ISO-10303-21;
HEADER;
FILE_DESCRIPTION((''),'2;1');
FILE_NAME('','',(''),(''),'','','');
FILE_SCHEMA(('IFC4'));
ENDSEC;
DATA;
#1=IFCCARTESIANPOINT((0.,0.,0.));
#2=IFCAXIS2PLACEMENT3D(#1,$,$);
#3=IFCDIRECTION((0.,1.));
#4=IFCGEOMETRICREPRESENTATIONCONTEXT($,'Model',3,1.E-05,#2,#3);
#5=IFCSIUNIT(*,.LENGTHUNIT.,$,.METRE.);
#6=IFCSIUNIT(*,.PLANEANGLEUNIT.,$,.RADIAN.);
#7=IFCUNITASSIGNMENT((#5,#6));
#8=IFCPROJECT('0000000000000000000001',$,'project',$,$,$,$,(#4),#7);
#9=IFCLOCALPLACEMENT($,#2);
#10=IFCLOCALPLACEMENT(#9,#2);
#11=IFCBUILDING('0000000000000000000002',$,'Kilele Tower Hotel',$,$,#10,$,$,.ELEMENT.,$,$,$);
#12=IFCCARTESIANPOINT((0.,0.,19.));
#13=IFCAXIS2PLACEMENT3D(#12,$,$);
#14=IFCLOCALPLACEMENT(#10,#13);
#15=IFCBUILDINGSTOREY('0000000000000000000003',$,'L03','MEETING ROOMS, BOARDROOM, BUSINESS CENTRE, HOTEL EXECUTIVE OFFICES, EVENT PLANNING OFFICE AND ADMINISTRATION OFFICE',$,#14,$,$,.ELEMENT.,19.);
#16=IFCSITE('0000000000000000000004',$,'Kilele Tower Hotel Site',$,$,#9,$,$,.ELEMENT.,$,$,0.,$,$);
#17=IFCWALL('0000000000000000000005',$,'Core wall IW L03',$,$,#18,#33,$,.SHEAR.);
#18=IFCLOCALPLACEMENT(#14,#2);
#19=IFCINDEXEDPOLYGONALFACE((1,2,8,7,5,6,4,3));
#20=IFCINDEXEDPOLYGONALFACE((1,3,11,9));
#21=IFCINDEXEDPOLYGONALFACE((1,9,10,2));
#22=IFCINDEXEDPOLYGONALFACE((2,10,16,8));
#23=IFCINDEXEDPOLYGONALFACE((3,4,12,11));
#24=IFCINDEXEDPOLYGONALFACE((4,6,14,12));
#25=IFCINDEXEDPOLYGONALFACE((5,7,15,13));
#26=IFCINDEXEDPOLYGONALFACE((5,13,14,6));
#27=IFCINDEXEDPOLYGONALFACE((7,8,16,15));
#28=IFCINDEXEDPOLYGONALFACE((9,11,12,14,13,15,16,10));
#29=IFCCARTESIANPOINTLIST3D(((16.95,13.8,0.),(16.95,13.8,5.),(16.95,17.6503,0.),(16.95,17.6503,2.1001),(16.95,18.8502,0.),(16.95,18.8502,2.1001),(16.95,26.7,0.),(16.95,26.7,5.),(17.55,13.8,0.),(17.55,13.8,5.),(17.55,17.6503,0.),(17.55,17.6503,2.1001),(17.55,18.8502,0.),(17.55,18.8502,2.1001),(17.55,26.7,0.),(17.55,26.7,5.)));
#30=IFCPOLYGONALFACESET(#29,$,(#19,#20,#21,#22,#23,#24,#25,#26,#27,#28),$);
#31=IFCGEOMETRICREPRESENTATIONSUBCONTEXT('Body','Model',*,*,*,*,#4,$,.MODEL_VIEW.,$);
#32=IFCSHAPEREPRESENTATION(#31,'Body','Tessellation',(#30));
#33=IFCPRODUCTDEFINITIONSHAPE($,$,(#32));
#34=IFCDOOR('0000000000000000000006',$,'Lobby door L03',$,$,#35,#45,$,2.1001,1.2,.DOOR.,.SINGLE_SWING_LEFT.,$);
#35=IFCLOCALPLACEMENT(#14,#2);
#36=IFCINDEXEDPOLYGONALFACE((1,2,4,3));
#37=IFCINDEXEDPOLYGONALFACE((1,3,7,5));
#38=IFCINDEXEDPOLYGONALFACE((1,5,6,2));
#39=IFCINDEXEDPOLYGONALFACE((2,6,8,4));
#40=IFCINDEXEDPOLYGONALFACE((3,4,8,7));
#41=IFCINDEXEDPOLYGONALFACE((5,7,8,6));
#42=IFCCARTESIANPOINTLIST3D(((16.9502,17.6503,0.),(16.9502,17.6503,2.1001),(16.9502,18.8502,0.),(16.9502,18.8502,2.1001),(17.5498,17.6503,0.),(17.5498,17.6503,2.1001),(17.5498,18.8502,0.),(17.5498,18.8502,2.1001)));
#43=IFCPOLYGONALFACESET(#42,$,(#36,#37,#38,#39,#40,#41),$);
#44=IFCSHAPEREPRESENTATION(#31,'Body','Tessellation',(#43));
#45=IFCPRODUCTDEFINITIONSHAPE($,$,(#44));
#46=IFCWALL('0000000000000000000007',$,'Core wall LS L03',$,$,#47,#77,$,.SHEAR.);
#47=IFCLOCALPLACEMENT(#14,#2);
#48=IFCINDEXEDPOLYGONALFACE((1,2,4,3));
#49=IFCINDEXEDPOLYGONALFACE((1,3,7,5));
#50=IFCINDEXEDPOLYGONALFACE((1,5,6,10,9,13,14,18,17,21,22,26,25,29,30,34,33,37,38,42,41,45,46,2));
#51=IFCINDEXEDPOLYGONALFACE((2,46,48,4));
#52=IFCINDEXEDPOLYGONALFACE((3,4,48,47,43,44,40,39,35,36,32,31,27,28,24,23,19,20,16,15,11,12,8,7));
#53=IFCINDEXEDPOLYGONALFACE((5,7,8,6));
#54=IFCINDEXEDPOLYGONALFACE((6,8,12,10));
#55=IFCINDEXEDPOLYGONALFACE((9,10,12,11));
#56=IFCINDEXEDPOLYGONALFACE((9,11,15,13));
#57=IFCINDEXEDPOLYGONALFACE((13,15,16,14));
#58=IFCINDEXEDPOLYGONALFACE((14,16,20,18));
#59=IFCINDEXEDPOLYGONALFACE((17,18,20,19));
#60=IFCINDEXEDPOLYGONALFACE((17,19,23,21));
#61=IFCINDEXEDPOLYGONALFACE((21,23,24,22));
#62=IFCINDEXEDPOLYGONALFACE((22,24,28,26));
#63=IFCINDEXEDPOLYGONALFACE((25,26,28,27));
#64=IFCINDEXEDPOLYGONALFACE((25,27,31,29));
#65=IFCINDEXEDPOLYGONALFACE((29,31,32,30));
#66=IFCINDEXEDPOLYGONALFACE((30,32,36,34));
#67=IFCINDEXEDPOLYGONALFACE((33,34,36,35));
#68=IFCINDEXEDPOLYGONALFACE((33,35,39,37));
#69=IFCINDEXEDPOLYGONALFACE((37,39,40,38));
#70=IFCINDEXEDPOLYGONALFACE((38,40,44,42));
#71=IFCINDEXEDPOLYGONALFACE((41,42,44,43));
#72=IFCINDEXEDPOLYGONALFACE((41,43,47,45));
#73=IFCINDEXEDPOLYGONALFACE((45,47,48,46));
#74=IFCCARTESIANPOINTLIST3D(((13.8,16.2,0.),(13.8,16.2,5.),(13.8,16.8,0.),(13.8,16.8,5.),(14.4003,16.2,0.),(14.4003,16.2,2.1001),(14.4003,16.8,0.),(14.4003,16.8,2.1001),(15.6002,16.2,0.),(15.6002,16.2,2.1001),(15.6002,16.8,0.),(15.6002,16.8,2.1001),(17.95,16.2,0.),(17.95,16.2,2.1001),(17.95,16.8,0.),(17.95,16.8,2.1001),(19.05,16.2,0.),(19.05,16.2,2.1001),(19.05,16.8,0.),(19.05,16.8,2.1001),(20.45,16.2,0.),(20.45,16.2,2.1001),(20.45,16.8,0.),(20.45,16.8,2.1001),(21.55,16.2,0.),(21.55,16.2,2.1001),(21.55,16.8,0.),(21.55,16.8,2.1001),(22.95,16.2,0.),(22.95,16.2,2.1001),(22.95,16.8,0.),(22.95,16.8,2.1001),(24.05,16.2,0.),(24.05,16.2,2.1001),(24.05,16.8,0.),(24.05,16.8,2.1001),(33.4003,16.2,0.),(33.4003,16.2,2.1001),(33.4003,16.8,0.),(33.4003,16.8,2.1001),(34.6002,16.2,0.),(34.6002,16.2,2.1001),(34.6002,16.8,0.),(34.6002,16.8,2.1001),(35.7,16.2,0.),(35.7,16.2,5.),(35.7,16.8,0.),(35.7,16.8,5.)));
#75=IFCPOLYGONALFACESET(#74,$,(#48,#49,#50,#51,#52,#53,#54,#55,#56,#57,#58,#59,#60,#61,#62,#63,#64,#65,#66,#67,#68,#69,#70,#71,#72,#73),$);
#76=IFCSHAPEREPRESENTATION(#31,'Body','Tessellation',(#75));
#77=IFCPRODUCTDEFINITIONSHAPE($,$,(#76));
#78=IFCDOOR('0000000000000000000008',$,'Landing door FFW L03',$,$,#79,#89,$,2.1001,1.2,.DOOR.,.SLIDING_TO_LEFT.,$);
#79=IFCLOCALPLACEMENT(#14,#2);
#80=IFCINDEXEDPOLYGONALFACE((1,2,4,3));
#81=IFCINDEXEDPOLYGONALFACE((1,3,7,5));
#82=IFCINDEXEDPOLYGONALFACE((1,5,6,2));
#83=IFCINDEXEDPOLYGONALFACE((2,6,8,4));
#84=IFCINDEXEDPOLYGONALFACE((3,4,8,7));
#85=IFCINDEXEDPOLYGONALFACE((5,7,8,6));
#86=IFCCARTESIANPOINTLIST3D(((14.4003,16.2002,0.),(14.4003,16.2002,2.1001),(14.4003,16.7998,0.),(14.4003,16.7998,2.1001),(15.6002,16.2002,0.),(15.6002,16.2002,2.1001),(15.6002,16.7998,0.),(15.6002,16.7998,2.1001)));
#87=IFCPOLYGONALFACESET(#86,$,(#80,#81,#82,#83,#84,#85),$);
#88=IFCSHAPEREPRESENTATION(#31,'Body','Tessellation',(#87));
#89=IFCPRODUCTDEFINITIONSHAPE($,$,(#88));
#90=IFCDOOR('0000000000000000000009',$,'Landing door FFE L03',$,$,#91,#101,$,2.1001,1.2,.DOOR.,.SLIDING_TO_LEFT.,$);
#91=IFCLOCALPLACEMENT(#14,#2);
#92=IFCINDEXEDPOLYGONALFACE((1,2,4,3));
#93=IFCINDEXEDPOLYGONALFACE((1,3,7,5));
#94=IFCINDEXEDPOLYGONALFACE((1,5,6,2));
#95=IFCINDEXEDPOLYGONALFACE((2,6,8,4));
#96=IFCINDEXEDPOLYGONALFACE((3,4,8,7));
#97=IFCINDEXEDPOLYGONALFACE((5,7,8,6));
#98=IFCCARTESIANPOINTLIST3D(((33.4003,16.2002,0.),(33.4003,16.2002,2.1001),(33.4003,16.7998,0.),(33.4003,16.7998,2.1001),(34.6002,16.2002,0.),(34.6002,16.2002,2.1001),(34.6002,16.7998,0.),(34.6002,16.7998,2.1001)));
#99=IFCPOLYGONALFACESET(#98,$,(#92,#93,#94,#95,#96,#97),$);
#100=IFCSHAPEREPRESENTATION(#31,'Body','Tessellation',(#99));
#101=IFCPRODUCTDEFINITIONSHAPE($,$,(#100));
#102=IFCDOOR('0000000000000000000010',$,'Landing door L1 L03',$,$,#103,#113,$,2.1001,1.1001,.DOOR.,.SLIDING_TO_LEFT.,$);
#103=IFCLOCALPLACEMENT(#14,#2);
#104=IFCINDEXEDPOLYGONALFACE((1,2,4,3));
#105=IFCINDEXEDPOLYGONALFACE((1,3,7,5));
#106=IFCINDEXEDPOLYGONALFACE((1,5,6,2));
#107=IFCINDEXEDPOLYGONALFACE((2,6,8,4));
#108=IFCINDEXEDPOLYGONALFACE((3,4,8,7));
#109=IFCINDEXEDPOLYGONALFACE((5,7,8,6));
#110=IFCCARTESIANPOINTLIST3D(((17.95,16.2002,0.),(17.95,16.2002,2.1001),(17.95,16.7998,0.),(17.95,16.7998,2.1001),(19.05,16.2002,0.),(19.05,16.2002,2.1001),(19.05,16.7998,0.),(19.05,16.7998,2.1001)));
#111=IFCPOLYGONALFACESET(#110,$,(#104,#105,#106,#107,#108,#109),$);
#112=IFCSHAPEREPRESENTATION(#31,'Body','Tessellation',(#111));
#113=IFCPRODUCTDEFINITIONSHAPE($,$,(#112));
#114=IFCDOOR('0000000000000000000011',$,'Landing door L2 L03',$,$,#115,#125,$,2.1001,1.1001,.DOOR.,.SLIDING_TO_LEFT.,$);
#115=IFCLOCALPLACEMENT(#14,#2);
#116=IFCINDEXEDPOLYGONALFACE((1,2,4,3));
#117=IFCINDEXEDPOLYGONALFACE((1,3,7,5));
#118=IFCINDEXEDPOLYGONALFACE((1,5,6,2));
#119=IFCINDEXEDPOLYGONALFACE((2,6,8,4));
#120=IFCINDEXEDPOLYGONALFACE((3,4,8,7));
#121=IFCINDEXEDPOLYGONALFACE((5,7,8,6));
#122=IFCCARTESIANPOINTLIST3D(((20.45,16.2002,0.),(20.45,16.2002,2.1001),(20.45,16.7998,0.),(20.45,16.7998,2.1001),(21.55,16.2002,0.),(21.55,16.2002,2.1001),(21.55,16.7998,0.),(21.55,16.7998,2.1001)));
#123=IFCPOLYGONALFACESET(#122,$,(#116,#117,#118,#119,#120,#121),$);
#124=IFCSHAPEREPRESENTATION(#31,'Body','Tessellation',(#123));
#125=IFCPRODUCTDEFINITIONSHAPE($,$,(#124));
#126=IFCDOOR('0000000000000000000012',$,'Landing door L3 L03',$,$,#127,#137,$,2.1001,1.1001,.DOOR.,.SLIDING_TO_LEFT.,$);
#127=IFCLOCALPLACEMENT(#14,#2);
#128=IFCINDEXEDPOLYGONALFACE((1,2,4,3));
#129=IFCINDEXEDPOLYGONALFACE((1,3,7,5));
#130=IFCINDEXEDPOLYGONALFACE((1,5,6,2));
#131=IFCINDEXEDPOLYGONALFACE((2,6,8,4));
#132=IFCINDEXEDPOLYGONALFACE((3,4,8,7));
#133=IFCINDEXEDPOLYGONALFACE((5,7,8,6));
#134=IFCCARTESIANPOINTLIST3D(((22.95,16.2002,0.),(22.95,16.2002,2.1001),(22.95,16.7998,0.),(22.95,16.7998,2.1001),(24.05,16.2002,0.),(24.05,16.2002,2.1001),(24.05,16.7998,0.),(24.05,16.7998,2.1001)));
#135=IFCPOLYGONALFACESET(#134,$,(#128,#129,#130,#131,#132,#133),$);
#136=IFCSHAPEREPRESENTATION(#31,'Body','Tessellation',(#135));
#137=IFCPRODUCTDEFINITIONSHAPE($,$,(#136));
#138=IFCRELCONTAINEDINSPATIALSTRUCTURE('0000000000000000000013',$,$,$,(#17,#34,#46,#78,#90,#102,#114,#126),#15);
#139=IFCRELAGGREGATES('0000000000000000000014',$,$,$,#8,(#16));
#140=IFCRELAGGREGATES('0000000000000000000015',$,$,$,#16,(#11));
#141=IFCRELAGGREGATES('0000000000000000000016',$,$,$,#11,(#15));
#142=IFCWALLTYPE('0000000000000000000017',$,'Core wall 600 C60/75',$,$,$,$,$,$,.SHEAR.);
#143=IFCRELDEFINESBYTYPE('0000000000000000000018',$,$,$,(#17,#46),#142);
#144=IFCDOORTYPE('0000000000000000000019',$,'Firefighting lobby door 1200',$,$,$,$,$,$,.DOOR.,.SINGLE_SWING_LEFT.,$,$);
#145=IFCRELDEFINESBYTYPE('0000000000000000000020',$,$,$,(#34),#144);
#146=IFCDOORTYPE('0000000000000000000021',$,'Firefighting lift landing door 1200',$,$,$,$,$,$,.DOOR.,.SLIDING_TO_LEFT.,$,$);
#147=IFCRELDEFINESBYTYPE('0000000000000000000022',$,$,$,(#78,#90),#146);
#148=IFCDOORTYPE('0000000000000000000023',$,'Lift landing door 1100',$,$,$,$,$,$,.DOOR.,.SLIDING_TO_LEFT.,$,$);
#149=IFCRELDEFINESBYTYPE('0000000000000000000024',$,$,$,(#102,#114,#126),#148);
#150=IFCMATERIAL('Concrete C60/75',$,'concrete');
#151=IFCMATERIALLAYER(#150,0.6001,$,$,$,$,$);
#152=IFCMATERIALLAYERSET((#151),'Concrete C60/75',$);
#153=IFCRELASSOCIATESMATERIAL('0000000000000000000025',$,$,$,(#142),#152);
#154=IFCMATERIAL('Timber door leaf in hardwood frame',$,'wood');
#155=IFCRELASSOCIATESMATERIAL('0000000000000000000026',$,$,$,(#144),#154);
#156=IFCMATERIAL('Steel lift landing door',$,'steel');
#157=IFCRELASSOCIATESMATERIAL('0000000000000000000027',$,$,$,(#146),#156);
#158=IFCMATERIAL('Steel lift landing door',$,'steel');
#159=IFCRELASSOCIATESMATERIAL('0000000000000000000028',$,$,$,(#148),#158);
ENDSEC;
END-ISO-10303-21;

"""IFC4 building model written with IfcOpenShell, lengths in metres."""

from ifc_helpers import new_model, si_unit, direction, frame, frame_2d, origin, place, context, subcontext, project, spatial, rectangle, extrude, material, layer, layer_set, type_object, element, fill, save


model = new_model("IFC4")

# Units and contexts
model_context = context("Model", 3, precision=1e-05, world=origin(), true_north=direction((0.0, 1.0)))
body_context = subcontext(model_context, "Body", "Model", "MODEL_VIEW")
ifc_project = project(units=[si_unit("LENGTHUNIT", "METRE"), si_unit("PLANEANGLEUNIT", "RADIAN")], contexts=[model_context])

# Site, building, storey
site_placement = place(None, origin())
site = spatial("IfcSite", under=ifc_project, at=site_placement, Name="Kilele Tower Hotel Site", CompositionType="ELEMENT", RefElevation=0.0)
building_placement = place(site_placement, origin())
building = spatial("IfcBuilding", under=site, at=building_placement, Name="Kilele Tower Hotel", CompositionType="ELEMENT")
storey_placement = place(building_placement, frame((0.0, 0.0, 19.0)))
storey = spatial("IfcBuildingStorey", under=building, at=storey_placement, Name="L03", Description="MEETING ROOMS, BOARDROOM, BUSINESS CENTRE, HOTEL EXECUTIVE OFFICES, EVENT PLANNING OFFICE AND ADMINISTRATION OFFICE", CompositionType="ELEMENT", Elevation=19.0)

# Wall, opening, door
ifc_material_1 = material(Name="Concrete C60/75", Category="concrete")
ifc_layer_1 = layer(ifc_material_1, 0.6001)
ifc_layer_set_1 = layer_set([ifc_layer_1], Name="Concrete C60/75")
wall_type_1 = type_object("IfcWallType", Name="Core wall 600 C60/75", PredefinedType="SHEAR", material=ifc_layer_set_1)
wall_1_placement = place(storey_placement, frame((17.25, 13.8, 0.0), z_axis=(0.0, 0.0, 1.0), x_axis=(0.0, 1.0, 0.0)))
wall_1 = element("IfcWall", 1, at=wall_1_placement, inside=storey, type_object=wall_type_1, Name="Core wall IW L03", PredefinedType="SHEAR", context=body_context, shape_type="SweptSolid", body=[
    extrude(rectangle(XDim=12.8999, YDim=0.6001, at=frame_2d((6.45, 0.0))), origin(), (0.0, 0.0, 1.0), 5.0),
])
opening_1_placement = place(wall_1_placement, frame((3.8501, 0.0, 0.0)))
opening_1 = element("IfcOpeningElement", 2, at=opening_1_placement, cuts=wall_1, PredefinedType="OPENING", context=body_context, shape_type="SweptSolid", body=[
    extrude(rectangle(XDim=1.2, YDim=2.1001, at=frame_2d((0.6001, 1.05))), frame((0.0, 0.3101, 0.0), z_axis=(0.0, -1.0, 0.0), x_axis=(1.0, 0.0, 0.0)), (0.0, 0.0, 1.0), 0.6201),
])
ifc_material_2 = material(Name="Timber door leaf in hardwood frame", Category="wood")
door_type_1 = type_object("IfcDoorType", Name="Firefighting lobby door 1200", OperationType="SINGLE_SWING_LEFT", PredefinedType="DOOR", material=ifc_material_2)
door_1_placement = place(opening_1_placement, origin())
door_1 = element("IfcDoor", 3, at=door_1_placement, inside=storey, type_object=door_type_1, Name="Lobby door L03", OperationType="SINGLE_SWING_LEFT", OverallHeight=2.1001, OverallWidth=1.2, PredefinedType="DOOR", context=body_context, shape_type="SweptSolid", body=[
    extrude(rectangle(XDim=1.2, YDim=2.1001, at=frame_2d((0.6001, 1.05))), frame((0.0, 0.2998, 0.0), z_axis=(0.0, -1.0, 0.0), x_axis=(1.0, 0.0, 0.0)), (0.0, 0.0, 1.0), 0.5996),
])
fill(opening_1, door_1)

# Wall, openings, doors
wall_2_placement = place(storey_placement, frame((13.8, 16.5, 0.0), z_axis=(0.0, 0.0, 1.0), x_axis=(1.0, 0.0, 0.0)))
wall_2 = element("IfcWall", 4, at=wall_2_placement, inside=storey, type_object=wall_type_1, Name="Core wall LS L03", PredefinedType="SHEAR", context=body_context, shape_type="SweptSolid", body=[
    extrude(rectangle(XDim=21.8999, YDim=0.6001, at=frame_2d((10.95, 0.0))), origin(), (0.0, 0.0, 1.0), 5.0),
])
opening_2_placement = place(wall_2_placement, frame((4.1499, 0.0, 0.0)))
opening_2 = element("IfcOpeningElement", 5, at=opening_2_placement, cuts=wall_2, PredefinedType="OPENING", context=body_context, shape_type="SweptSolid", body=[
    extrude(rectangle(XDim=1.1001, YDim=2.1001, at=frame_2d((0.55, 1.05))), frame((0.0, 0.3101, 0.0), z_axis=(0.0, -1.0, 0.0), x_axis=(1.0, 0.0, 0.0)), (0.0, 0.0, 1.0), 0.6201),
])
opening_3_placement = place(wall_2_placement, frame((6.6499, 0.0, 0.0)))
opening_3 = element("IfcOpeningElement", 6, at=opening_3_placement, cuts=wall_2, PredefinedType="OPENING", context=body_context, shape_type="SweptSolid", body=[
    extrude(rectangle(XDim=1.1001, YDim=2.1001, at=frame_2d((0.55, 1.05))), frame((0.0, 0.3101, 0.0), z_axis=(0.0, -1.0, 0.0), x_axis=(1.0, 0.0, 0.0)), (0.0, 0.0, 1.0), 0.6201),
])
opening_4_placement = place(wall_2_placement, frame((9.1499, 0.0, 0.0)))
opening_4 = element("IfcOpeningElement", 7, at=opening_4_placement, cuts=wall_2, PredefinedType="OPENING", context=body_context, shape_type="SweptSolid", body=[
    extrude(rectangle(XDim=1.1001, YDim=2.1001, at=frame_2d((0.55, 1.05))), frame((0.0, 0.3101, 0.0), z_axis=(0.0, -1.0, 0.0), x_axis=(1.0, 0.0, 0.0)), (0.0, 0.0, 1.0), 0.6201),
])
opening_5_placement = place(wall_2_placement, frame((0.6001, 0.0, 0.0)))
opening_5 = element("IfcOpeningElement", 8, at=opening_5_placement, cuts=wall_2, PredefinedType="OPENING", context=body_context, shape_type="SweptSolid", body=[
    extrude(rectangle(XDim=1.2, YDim=2.1001, at=frame_2d((0.6001, 1.05))), frame((0.0, 0.3101, 0.0), z_axis=(0.0, -1.0, 0.0), x_axis=(1.0, 0.0, 0.0)), (0.0, 0.0, 1.0), 0.6201),
])
opening_6_placement = place(wall_2_placement, frame((19.6001, 0.0, 0.0)))
opening_6 = element("IfcOpeningElement", 9, at=opening_6_placement, cuts=wall_2, PredefinedType="OPENING", context=body_context, shape_type="SweptSolid", body=[
    extrude(rectangle(XDim=1.2, YDim=2.1001, at=frame_2d((0.6001, 1.05))), frame((0.0, 0.3101, 0.0), z_axis=(0.0, -1.0, 0.0), x_axis=(1.0, 0.0, 0.0)), (0.0, 0.0, 1.0), 0.6201),
])
ifc_material_3 = material(Name="Steel lift landing door", Category="steel")
door_type_2 = type_object("IfcDoorType", Name="Firefighting lift landing door 1200", OperationType="SLIDING_TO_LEFT", PredefinedType="DOOR", material=ifc_material_3)
door_2_placement = place(opening_5_placement, origin())
door_2 = element("IfcDoor", 10, at=door_2_placement, inside=storey, type_object=door_type_2, Name="Landing door FFW L03", OperationType="SLIDING_TO_LEFT", OverallHeight=2.1001, OverallWidth=1.2, PredefinedType="DOOR", context=body_context, shape_type="SweptSolid", body=[
    extrude(rectangle(XDim=1.2, YDim=2.1001, at=frame_2d((0.6001, 1.05))), frame((0.0, 0.2998, 0.0), z_axis=(0.0, -1.0, 0.0), x_axis=(1.0, 0.0, 0.0)), (0.0, 0.0, 1.0), 0.5996),
])
fill(opening_5, door_2)
door_3_placement = place(opening_6_placement, origin())
door_3 = element("IfcDoor", 11, at=door_3_placement, inside=storey, type_object=door_type_2, Name="Landing door FFE L03", OperationType="SLIDING_TO_LEFT", OverallHeight=2.1001, OverallWidth=1.2, PredefinedType="DOOR", context=body_context, shape_type="SweptSolid", body=[
    extrude(rectangle(XDim=1.2, YDim=2.1001, at=frame_2d((0.6001, 1.05))), frame((0.0, 0.2998, 0.0), z_axis=(0.0, -1.0, 0.0), x_axis=(1.0, 0.0, 0.0)), (0.0, 0.0, 1.0), 0.5996),
])
fill(opening_6, door_3)
ifc_material_4 = material(Name="Steel lift landing door", Category="steel")
door_type_3 = type_object("IfcDoorType", Name="Lift landing door 1100", OperationType="SLIDING_TO_LEFT", PredefinedType="DOOR", material=ifc_material_4)
door_4_placement = place(opening_2_placement, origin())
door_4 = element("IfcDoor", 12, at=door_4_placement, inside=storey, type_object=door_type_3, Name="Landing door L1 L03", OperationType="SLIDING_TO_LEFT", OverallHeight=2.1001, OverallWidth=1.1001, PredefinedType="DOOR", context=body_context, shape_type="SweptSolid", body=[
    extrude(rectangle(XDim=1.1001, YDim=2.1001, at=frame_2d((0.55, 1.05))), frame((0.0, 0.2998, 0.0), z_axis=(0.0, -1.0, 0.0), x_axis=(1.0, 0.0, 0.0)), (0.0, 0.0, 1.0), 0.5996),
])
fill(opening_2, door_4)
door_5_placement = place(opening_3_placement, origin())
door_5 = element("IfcDoor", 13, at=door_5_placement, inside=storey, type_object=door_type_3, Name="Landing door L2 L03", OperationType="SLIDING_TO_LEFT", OverallHeight=2.1001, OverallWidth=1.1001, PredefinedType="DOOR", context=body_context, shape_type="SweptSolid", body=[
    extrude(rectangle(XDim=1.1001, YDim=2.1001, at=frame_2d((0.55, 1.05))), frame((0.0, 0.2998, 0.0), z_axis=(0.0, -1.0, 0.0), x_axis=(1.0, 0.0, 0.0)), (0.0, 0.0, 1.0), 0.5996),
])
fill(opening_3, door_5)
door_6_placement = place(opening_4_placement, origin())
door_6 = element("IfcDoor", 14, at=door_6_placement, inside=storey, type_object=door_type_3, Name="Landing door L3 L03", OperationType="SLIDING_TO_LEFT", OverallHeight=2.1001, OverallWidth=1.1001, PredefinedType="DOOR", context=body_context, shape_type="SweptSolid", body=[
    extrude(rectangle(XDim=1.1001, YDim=2.1001, at=frame_2d((0.55, 1.05))), frame((0.0, 0.2998, 0.0), z_axis=(0.0, -1.0, 0.0), x_axis=(1.0, 0.0, 0.0)), (0.0, 0.0, 1.0), 0.5996),
])
fill(opening_4, door_6)

save(model, "model.ifc")
